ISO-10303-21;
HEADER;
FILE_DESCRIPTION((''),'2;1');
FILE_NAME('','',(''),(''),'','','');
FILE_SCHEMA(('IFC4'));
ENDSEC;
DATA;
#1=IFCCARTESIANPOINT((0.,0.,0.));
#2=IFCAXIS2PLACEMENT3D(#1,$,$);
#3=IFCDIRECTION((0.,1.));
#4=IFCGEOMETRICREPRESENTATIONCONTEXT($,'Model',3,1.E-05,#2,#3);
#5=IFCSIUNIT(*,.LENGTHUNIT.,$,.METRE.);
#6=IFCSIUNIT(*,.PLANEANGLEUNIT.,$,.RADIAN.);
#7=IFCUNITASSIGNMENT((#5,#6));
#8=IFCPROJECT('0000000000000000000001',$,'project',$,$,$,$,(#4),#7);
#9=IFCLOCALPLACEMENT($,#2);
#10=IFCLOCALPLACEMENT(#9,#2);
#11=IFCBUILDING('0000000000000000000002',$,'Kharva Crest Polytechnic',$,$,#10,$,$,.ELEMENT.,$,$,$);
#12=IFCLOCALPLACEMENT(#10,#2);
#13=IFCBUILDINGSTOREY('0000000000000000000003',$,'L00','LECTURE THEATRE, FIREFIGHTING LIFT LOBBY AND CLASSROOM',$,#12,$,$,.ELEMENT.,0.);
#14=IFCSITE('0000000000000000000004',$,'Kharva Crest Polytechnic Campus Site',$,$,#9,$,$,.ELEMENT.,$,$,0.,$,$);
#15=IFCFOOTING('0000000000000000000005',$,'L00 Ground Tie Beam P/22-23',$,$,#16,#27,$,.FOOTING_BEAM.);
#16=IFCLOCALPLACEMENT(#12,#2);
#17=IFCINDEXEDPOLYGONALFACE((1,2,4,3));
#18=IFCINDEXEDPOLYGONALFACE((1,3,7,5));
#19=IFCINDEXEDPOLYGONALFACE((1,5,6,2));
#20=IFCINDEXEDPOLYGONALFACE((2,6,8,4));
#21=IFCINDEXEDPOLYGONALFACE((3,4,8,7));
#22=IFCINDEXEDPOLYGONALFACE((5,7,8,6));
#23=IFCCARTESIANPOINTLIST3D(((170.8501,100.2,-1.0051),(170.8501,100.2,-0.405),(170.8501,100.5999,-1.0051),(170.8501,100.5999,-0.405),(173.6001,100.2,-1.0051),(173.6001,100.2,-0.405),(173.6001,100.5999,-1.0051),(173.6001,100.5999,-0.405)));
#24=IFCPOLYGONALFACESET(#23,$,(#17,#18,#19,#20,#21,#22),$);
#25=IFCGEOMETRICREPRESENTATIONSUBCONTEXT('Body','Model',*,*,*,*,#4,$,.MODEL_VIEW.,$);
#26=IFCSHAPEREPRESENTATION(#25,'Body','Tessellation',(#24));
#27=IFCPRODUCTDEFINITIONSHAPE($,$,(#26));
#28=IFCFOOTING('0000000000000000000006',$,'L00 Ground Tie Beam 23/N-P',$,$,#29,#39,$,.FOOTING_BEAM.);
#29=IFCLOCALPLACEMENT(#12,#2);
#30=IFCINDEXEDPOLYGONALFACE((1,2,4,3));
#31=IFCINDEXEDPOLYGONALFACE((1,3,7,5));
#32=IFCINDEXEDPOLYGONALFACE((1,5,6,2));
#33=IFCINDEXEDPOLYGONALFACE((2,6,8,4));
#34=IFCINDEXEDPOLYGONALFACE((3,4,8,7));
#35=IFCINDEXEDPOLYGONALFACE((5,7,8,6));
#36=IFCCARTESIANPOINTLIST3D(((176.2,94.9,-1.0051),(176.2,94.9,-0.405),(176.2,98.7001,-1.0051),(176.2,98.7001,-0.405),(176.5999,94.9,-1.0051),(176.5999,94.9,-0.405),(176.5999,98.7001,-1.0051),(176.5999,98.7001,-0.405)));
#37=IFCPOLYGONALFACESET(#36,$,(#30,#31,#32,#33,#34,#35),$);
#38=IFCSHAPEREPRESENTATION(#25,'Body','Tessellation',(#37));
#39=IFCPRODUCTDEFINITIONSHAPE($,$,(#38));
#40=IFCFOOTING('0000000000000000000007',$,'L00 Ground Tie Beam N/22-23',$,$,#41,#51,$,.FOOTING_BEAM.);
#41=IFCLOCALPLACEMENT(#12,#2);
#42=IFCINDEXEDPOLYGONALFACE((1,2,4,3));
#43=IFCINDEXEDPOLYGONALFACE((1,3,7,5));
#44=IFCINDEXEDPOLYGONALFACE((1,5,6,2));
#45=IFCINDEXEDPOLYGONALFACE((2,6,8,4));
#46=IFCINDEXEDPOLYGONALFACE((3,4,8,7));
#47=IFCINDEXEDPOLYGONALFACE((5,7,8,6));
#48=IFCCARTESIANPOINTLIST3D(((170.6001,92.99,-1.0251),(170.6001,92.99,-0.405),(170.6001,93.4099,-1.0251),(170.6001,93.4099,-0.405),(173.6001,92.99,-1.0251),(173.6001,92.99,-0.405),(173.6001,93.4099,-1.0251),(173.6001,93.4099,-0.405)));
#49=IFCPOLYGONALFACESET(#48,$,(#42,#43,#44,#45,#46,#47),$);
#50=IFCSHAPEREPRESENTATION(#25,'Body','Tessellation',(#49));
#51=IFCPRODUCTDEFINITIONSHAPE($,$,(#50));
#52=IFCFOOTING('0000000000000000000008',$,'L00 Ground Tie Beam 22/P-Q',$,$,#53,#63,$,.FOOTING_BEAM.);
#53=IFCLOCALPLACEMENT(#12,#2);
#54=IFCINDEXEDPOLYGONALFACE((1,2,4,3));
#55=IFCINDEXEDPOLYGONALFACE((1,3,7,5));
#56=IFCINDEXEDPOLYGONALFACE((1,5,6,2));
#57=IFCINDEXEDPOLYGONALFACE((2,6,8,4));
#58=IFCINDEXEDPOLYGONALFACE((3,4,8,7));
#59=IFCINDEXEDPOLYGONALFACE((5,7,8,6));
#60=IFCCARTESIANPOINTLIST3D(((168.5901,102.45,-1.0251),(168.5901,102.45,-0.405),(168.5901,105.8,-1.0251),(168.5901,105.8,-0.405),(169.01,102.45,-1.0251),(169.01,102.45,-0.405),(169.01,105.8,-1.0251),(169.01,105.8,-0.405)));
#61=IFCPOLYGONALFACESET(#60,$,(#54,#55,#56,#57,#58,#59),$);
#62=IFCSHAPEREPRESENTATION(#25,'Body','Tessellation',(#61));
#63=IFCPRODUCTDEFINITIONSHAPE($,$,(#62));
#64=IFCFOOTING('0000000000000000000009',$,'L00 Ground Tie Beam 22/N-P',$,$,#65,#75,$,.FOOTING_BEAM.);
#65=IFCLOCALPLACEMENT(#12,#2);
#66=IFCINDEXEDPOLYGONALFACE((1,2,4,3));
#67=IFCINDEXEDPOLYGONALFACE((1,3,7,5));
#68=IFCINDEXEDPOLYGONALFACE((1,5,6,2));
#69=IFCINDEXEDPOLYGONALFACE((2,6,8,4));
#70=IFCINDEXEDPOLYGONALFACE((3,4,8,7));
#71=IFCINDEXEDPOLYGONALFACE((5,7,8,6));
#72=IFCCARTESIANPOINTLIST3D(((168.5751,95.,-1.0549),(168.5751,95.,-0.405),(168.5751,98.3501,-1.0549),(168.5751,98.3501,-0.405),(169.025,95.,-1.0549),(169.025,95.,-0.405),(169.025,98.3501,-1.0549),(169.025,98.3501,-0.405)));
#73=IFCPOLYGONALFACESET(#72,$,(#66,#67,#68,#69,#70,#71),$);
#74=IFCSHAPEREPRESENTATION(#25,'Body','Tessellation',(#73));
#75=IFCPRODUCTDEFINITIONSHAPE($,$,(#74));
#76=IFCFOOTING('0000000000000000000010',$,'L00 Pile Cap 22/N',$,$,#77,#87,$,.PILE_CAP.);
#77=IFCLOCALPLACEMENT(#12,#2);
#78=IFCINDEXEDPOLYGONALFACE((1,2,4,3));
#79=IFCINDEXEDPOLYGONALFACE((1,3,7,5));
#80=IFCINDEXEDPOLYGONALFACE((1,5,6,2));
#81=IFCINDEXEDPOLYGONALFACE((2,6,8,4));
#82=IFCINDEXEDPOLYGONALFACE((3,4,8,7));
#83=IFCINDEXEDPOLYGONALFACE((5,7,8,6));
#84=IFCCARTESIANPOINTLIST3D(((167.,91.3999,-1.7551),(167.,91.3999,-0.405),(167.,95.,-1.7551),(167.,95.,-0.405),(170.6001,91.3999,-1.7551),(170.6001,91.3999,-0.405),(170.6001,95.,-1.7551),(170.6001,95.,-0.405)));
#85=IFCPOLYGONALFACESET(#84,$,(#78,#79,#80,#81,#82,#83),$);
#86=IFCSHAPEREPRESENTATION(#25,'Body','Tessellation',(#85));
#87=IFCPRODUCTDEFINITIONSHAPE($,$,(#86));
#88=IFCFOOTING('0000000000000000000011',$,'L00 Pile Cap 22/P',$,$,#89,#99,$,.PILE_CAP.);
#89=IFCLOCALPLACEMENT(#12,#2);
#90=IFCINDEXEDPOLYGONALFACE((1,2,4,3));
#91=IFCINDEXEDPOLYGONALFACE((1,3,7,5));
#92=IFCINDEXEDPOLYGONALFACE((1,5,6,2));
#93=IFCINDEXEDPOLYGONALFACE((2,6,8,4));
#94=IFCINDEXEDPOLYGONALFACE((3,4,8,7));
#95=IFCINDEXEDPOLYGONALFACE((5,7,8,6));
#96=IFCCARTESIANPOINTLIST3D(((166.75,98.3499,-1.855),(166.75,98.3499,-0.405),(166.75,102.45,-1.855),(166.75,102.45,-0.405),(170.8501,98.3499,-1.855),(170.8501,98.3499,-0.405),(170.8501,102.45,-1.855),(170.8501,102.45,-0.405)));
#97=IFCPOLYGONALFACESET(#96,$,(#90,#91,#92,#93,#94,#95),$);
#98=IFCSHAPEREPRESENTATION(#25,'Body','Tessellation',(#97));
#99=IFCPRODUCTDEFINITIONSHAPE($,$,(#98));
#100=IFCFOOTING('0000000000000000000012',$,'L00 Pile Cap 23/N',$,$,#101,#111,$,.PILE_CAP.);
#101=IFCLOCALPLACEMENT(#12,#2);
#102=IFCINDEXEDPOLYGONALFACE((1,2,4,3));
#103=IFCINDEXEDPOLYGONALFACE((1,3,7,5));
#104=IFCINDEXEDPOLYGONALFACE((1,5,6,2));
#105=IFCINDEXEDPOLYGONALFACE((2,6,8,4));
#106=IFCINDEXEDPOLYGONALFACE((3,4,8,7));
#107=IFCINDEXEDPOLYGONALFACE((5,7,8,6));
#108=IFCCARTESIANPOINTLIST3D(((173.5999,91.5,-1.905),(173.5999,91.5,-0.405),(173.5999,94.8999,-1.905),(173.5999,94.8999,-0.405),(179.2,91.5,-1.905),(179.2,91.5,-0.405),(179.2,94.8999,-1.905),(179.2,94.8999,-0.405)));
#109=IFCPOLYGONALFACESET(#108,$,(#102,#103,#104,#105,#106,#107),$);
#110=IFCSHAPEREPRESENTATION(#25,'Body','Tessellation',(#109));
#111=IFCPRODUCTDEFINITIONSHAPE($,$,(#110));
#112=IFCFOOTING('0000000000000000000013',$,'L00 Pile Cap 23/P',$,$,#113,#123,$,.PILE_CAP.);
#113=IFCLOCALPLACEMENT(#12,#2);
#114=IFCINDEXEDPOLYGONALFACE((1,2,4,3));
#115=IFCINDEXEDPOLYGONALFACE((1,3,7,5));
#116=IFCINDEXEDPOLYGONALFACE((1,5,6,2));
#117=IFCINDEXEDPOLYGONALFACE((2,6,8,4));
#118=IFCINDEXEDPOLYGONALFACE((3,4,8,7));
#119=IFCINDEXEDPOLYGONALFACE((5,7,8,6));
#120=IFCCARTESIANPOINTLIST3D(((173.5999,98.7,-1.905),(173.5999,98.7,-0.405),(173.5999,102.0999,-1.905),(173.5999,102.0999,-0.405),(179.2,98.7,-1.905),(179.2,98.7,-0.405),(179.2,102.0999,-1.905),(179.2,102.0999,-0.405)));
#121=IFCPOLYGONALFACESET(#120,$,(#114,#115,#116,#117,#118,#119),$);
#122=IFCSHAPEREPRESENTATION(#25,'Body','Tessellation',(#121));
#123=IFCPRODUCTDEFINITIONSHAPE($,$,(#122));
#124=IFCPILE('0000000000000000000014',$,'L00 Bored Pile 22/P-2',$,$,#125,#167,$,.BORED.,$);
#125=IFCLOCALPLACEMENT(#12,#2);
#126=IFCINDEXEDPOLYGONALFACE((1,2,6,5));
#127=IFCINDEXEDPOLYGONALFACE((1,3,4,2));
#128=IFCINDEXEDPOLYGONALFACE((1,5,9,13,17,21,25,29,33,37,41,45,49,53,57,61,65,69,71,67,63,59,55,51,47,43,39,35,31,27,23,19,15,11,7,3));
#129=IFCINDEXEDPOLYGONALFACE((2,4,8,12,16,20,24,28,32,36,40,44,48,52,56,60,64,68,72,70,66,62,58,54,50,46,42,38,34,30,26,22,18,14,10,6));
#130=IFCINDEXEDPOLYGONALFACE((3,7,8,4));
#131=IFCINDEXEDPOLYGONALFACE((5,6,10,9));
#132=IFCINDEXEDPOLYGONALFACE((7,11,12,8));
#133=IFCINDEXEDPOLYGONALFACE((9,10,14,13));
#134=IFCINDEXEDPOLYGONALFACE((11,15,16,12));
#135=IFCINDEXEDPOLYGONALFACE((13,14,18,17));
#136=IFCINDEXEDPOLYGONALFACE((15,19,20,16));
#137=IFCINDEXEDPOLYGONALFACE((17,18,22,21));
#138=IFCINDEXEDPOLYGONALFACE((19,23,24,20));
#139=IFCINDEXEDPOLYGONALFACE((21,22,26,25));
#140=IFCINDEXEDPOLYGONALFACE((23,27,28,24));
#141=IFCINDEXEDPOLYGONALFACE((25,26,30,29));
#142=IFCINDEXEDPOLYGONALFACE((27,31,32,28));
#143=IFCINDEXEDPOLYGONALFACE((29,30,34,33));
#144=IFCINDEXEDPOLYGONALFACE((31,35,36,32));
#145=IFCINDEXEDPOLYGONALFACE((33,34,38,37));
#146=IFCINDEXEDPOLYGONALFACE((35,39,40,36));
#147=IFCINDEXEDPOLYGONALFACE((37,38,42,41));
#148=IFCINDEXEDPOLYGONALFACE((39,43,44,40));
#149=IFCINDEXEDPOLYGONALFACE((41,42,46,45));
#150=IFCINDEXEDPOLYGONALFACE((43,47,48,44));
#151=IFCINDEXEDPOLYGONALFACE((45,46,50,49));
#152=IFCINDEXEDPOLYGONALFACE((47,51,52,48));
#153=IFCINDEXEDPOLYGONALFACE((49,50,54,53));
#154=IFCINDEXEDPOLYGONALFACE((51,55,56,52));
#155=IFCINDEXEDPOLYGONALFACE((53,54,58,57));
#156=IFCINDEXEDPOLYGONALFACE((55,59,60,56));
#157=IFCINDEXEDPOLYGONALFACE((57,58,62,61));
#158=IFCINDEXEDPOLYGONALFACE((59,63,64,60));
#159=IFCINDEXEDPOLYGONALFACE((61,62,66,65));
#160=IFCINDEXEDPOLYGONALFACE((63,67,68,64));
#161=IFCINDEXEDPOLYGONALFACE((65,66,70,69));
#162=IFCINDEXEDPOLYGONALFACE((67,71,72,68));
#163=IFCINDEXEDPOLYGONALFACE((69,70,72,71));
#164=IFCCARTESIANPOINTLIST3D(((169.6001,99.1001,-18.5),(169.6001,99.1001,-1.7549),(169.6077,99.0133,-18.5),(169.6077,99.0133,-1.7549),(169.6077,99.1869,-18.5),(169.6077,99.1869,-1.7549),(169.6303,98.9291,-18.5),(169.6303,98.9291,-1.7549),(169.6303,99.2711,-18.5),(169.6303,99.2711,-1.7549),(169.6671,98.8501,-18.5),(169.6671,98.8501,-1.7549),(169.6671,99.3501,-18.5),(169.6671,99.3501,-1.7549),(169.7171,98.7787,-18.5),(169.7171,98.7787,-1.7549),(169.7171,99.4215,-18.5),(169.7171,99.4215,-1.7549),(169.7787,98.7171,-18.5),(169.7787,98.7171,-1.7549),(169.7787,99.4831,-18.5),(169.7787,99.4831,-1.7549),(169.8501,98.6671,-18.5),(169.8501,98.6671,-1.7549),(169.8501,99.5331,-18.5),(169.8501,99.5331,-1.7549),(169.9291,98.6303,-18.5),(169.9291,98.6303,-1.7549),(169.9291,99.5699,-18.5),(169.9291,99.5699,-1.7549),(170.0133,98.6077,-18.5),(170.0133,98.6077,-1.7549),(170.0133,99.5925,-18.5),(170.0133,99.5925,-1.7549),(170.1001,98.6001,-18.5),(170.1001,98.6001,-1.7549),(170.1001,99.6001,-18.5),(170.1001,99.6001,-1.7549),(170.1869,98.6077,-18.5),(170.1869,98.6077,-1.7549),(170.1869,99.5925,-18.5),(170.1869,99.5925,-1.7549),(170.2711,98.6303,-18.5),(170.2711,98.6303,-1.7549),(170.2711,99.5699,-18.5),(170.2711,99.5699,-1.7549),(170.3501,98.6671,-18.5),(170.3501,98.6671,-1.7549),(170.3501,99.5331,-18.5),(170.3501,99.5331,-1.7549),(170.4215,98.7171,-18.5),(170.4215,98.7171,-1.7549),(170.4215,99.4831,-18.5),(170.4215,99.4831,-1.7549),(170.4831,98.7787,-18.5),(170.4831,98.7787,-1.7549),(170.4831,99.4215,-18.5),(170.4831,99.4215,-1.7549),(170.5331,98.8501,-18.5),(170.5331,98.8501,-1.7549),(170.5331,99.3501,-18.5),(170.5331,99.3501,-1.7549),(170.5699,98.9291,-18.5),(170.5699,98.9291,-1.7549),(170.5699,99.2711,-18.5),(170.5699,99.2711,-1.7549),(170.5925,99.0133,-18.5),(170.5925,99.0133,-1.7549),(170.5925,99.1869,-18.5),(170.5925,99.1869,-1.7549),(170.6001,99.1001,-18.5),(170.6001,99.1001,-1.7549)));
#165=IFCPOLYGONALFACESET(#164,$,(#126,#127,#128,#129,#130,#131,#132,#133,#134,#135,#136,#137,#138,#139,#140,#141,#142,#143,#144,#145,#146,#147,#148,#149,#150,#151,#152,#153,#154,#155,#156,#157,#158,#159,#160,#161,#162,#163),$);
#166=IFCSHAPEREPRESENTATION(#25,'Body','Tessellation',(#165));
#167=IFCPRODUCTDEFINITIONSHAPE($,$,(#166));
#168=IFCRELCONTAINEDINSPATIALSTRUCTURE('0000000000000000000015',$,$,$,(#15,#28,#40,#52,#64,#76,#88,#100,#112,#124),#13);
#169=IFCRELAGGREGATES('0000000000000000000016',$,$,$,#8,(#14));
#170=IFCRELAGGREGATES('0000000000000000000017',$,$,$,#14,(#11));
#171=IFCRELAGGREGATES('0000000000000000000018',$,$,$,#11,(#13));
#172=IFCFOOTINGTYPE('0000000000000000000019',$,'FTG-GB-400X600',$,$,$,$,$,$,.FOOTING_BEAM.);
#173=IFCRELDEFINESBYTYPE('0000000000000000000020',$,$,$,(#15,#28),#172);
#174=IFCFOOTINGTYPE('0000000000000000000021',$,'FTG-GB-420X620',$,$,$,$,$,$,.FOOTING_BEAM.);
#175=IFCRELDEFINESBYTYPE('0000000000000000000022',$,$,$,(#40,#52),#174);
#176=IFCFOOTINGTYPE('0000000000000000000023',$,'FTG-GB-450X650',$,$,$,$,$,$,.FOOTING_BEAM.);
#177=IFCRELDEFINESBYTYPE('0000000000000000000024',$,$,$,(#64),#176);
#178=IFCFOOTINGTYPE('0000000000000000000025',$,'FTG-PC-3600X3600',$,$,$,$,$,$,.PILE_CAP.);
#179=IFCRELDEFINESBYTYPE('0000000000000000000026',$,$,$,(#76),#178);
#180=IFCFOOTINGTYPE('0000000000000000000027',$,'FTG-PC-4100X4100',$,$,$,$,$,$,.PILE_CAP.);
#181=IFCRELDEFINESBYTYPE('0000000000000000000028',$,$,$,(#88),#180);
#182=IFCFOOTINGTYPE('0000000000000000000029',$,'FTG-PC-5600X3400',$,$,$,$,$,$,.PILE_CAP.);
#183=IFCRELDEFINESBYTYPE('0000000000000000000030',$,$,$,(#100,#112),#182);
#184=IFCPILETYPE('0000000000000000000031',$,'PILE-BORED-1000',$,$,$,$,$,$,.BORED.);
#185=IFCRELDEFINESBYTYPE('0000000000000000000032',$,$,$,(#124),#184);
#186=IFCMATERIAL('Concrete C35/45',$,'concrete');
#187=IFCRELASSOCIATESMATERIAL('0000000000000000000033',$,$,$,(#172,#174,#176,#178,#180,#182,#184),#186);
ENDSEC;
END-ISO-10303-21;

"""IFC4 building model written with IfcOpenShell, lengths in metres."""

from ifc_helpers import new_model, si_unit, direction, frame, origin, origin_2d, place, context, subcontext, project, spatial, rectangle, circle, extrude, material, material_profile, profile_set, type_object, element, save


model = new_model("IFC4")

# Units and contexts
model_context = context("Model", 3, precision=1e-05, world=origin(), true_north=direction((0.0, 1.0)))
body_context = subcontext(model_context, "Body", "Model", "MODEL_VIEW")
ifc_project = project(units=[si_unit("LENGTHUNIT", "METRE"), si_unit("PLANEANGLEUNIT", "RADIAN")], contexts=[model_context])

# Site, building, storey
site_placement = place(None, origin())
site = spatial("IfcSite", under=ifc_project, at=site_placement, Name="Kharva Crest Polytechnic Campus Site", CompositionType="ELEMENT", RefElevation=0.0)
building_placement = place(site_placement, origin())
building = spatial("IfcBuilding", under=site, at=building_placement, Name="Kharva Crest Polytechnic", CompositionType="ELEMENT")
storey_placement = place(building_placement, origin())
storey = spatial("IfcBuildingStorey", under=building, at=storey_placement, Name="L00", Description="LECTURE THEATRE, FIREFIGHTING LIFT LOBBY AND CLASSROOM", CompositionType="ELEMENT", Elevation=0.0)

# Footings
ifc_material_1 = material(Name="Concrete C35/45", Category="concrete")
footing_type_1 = type_object("IfcFootingType", Name="FTG-GB-400X600", PredefinedType="FOOTING_BEAM", material=ifc_material_1)
footing_1_placement = place(storey_placement, frame((172.2251, 100.3999, -1.0051), z_axis=(0.0, 0.0, 1.0), x_axis=(1.0, 0.0, 0.0)))
element("IfcFooting", 1, at=footing_1_placement, inside=storey, type_object=footing_type_1, Name="L00 Ground Tie Beam P/22-23", PredefinedType="FOOTING_BEAM", context=body_context, shape_type="SweptSolid", body=[
    extrude(rectangle(XDim=2.75, YDim=0.3999, at=origin_2d()), origin(), (0.0, 0.0, 1.0), 0.6001),
])
footing_2_placement = place(storey_placement, frame((176.3999, 96.8, -1.0051), z_axis=(0.0, 0.0, 1.0), x_axis=(0.0, 1.0, 0.0)))
element("IfcFooting", 2, at=footing_2_placement, inside=storey, type_object=footing_type_1, Name="L00 Ground Tie Beam 23/N-P", PredefinedType="FOOTING_BEAM", context=body_context, shape_type="SweptSolid", body=[
    extrude(rectangle(XDim=3.8, YDim=0.3999, at=origin_2d()), origin(), (0.0, 0.0, 1.0), 0.6001),
])
footing_type_2 = type_object("IfcFootingType", Name="FTG-GB-420X620", PredefinedType="FOOTING_BEAM", material=ifc_material_1)
footing_3_placement = place(storey_placement, frame((172.1001, 93.2, -1.0251), z_axis=(0.0, 0.0, 1.0), x_axis=(1.0, 0.0, 0.0)))
element("IfcFooting", 3, at=footing_3_placement, inside=storey, type_object=footing_type_2, Name="L00 Ground Tie Beam N/22-23", PredefinedType="FOOTING_BEAM", context=body_context, shape_type="SweptSolid", body=[
    extrude(rectangle(XDim=3.0, YDim=0.4199, at=origin_2d()), origin(), (0.0, 0.0, 1.0), 0.6201),
])
footing_4_placement = place(storey_placement, frame((168.8, 104.125, -1.0251), z_axis=(0.0, 0.0, 1.0), x_axis=(0.0, 1.0, 0.0)))
element("IfcFooting", 4, at=footing_4_placement, inside=storey, type_object=footing_type_2, Name="L00 Ground Tie Beam 22/P-Q", PredefinedType="FOOTING_BEAM", context=body_context, shape_type="SweptSolid", body=[
    extrude(rectangle(XDim=3.3501, YDim=0.4199, at=origin_2d()), origin(), (0.0, 0.0, 1.0), 0.6201),
])
footing_type_3 = type_object("IfcFootingType", Name="FTG-GB-450X650", PredefinedType="FOOTING_BEAM", material=ifc_material_1)
footing_5_placement = place(storey_placement, frame((168.8, 96.675, -1.0549), z_axis=(0.0, 0.0, 1.0), x_axis=(0.0, 1.0, 0.0)))
element("IfcFooting", 5, at=footing_5_placement, inside=storey, type_object=footing_type_3, Name="L00 Ground Tie Beam 22/N-P", PredefinedType="FOOTING_BEAM", context=body_context, shape_type="SweptSolid", body=[
    extrude(rectangle(XDim=3.3501, YDim=0.45, at=origin_2d()), origin(), (0.0, 0.0, 1.0), 0.6499),
])
footing_type_4 = type_object("IfcFootingType", Name="FTG-PC-3600X3600", PredefinedType="PILE_CAP", material=ifc_material_1)
footing_6_placement = place(storey_placement, frame((168.8, 93.2, -1.7551), z_axis=(0.0, 0.0, 1.0), x_axis=(1.0, 0.0, 0.0)))
element("IfcFooting", 6, at=footing_6_placement, inside=storey, type_object=footing_type_4, Name="L00 Pile Cap 22/N", PredefinedType="PILE_CAP", context=body_context, shape_type="SweptSolid", body=[
    extrude(rectangle(XDim=3.6001, YDim=3.6001, at=origin_2d()), origin(), (0.0, 0.0, 1.0), 1.3501),
])
footing_type_5 = type_object("IfcFootingType", Name="FTG-PC-4100X4100", PredefinedType="PILE_CAP", material=ifc_material_1)
footing_7_placement = place(storey_placement, frame((168.8, 100.3999, -1.855), z_axis=(0.0, 0.0, 1.0), x_axis=(1.0, 0.0, 0.0)))
element("IfcFooting", 7, at=footing_7_placement, inside=storey, type_object=footing_type_5, Name="L00 Pile Cap 22/P", PredefinedType="PILE_CAP", context=body_context, shape_type="SweptSolid", body=[
    extrude(rectangle(XDim=4.1001, YDim=4.1001, at=origin_2d()), origin(), (0.0, 0.0, 1.0), 1.45),
])
footing_type_6 = type_object("IfcFootingType", Name="FTG-PC-5600X3400", PredefinedType="PILE_CAP", material=ifc_material_1)
for number, where, z_axis, x_axis, name in (
    (8, (176.3999, 93.2, -1.905), (0.0, 0.0, 1.0), (1.0, 0.0, 0.0), "L00 Pile Cap 23/N"),
    (9, (176.3999, 100.3999, -1.905), (0.0, 0.0, 1.0), (1.0, 0.0, 0.0), "L00 Pile Cap 23/P"),
):
    element("IfcFooting", number, at=place(storey_placement, frame(where, z_axis=z_axis, x_axis=x_axis)), inside=storey, type_object=footing_type_6, Name=name, PredefinedType="PILE_CAP", context=body_context, shape_type="SweptSolid", body=[
        extrude(rectangle(XDim=5.6001, YDim=3.3999, at=origin_2d()), origin(), (0.0, 0.0, 1.0), 1.5),
    ])

# Pile
ifc_material_profile_1 = material_profile(ifc_material_1, circle(Radius=0.5, at=origin_2d()), Name="DIA 1000")
ifc_profile_set_1 = profile_set([ifc_material_profile_1], Name="Concrete C35/45")
pile_type_1 = type_object("IfcPileType", Name="PILE-BORED-1000", PredefinedType="BORED", material=ifc_profile_set_1)
for number, where, z_axis, x_axis, name in (
    (10, (170.1001, 99.1001, -1.7549), (0.0, 0.0, -1.0), (1.0, 0.0, 0.0), "L00 Bored Pile 22/P-2"),
):
    element("IfcPile", number, at=place(storey_placement, frame(where, z_axis=z_axis, x_axis=x_axis)), inside=storey, type_object=pile_type_1, Name=name, PredefinedType="BORED", context=body_context, shape_type="SweptSolid", body=[
        extrude(circle(Radius=0.5, at=origin_2d()), origin(), (0.0, 0.0, 1.0), 16.7451),
    ])

save(model, "model.ifc")
